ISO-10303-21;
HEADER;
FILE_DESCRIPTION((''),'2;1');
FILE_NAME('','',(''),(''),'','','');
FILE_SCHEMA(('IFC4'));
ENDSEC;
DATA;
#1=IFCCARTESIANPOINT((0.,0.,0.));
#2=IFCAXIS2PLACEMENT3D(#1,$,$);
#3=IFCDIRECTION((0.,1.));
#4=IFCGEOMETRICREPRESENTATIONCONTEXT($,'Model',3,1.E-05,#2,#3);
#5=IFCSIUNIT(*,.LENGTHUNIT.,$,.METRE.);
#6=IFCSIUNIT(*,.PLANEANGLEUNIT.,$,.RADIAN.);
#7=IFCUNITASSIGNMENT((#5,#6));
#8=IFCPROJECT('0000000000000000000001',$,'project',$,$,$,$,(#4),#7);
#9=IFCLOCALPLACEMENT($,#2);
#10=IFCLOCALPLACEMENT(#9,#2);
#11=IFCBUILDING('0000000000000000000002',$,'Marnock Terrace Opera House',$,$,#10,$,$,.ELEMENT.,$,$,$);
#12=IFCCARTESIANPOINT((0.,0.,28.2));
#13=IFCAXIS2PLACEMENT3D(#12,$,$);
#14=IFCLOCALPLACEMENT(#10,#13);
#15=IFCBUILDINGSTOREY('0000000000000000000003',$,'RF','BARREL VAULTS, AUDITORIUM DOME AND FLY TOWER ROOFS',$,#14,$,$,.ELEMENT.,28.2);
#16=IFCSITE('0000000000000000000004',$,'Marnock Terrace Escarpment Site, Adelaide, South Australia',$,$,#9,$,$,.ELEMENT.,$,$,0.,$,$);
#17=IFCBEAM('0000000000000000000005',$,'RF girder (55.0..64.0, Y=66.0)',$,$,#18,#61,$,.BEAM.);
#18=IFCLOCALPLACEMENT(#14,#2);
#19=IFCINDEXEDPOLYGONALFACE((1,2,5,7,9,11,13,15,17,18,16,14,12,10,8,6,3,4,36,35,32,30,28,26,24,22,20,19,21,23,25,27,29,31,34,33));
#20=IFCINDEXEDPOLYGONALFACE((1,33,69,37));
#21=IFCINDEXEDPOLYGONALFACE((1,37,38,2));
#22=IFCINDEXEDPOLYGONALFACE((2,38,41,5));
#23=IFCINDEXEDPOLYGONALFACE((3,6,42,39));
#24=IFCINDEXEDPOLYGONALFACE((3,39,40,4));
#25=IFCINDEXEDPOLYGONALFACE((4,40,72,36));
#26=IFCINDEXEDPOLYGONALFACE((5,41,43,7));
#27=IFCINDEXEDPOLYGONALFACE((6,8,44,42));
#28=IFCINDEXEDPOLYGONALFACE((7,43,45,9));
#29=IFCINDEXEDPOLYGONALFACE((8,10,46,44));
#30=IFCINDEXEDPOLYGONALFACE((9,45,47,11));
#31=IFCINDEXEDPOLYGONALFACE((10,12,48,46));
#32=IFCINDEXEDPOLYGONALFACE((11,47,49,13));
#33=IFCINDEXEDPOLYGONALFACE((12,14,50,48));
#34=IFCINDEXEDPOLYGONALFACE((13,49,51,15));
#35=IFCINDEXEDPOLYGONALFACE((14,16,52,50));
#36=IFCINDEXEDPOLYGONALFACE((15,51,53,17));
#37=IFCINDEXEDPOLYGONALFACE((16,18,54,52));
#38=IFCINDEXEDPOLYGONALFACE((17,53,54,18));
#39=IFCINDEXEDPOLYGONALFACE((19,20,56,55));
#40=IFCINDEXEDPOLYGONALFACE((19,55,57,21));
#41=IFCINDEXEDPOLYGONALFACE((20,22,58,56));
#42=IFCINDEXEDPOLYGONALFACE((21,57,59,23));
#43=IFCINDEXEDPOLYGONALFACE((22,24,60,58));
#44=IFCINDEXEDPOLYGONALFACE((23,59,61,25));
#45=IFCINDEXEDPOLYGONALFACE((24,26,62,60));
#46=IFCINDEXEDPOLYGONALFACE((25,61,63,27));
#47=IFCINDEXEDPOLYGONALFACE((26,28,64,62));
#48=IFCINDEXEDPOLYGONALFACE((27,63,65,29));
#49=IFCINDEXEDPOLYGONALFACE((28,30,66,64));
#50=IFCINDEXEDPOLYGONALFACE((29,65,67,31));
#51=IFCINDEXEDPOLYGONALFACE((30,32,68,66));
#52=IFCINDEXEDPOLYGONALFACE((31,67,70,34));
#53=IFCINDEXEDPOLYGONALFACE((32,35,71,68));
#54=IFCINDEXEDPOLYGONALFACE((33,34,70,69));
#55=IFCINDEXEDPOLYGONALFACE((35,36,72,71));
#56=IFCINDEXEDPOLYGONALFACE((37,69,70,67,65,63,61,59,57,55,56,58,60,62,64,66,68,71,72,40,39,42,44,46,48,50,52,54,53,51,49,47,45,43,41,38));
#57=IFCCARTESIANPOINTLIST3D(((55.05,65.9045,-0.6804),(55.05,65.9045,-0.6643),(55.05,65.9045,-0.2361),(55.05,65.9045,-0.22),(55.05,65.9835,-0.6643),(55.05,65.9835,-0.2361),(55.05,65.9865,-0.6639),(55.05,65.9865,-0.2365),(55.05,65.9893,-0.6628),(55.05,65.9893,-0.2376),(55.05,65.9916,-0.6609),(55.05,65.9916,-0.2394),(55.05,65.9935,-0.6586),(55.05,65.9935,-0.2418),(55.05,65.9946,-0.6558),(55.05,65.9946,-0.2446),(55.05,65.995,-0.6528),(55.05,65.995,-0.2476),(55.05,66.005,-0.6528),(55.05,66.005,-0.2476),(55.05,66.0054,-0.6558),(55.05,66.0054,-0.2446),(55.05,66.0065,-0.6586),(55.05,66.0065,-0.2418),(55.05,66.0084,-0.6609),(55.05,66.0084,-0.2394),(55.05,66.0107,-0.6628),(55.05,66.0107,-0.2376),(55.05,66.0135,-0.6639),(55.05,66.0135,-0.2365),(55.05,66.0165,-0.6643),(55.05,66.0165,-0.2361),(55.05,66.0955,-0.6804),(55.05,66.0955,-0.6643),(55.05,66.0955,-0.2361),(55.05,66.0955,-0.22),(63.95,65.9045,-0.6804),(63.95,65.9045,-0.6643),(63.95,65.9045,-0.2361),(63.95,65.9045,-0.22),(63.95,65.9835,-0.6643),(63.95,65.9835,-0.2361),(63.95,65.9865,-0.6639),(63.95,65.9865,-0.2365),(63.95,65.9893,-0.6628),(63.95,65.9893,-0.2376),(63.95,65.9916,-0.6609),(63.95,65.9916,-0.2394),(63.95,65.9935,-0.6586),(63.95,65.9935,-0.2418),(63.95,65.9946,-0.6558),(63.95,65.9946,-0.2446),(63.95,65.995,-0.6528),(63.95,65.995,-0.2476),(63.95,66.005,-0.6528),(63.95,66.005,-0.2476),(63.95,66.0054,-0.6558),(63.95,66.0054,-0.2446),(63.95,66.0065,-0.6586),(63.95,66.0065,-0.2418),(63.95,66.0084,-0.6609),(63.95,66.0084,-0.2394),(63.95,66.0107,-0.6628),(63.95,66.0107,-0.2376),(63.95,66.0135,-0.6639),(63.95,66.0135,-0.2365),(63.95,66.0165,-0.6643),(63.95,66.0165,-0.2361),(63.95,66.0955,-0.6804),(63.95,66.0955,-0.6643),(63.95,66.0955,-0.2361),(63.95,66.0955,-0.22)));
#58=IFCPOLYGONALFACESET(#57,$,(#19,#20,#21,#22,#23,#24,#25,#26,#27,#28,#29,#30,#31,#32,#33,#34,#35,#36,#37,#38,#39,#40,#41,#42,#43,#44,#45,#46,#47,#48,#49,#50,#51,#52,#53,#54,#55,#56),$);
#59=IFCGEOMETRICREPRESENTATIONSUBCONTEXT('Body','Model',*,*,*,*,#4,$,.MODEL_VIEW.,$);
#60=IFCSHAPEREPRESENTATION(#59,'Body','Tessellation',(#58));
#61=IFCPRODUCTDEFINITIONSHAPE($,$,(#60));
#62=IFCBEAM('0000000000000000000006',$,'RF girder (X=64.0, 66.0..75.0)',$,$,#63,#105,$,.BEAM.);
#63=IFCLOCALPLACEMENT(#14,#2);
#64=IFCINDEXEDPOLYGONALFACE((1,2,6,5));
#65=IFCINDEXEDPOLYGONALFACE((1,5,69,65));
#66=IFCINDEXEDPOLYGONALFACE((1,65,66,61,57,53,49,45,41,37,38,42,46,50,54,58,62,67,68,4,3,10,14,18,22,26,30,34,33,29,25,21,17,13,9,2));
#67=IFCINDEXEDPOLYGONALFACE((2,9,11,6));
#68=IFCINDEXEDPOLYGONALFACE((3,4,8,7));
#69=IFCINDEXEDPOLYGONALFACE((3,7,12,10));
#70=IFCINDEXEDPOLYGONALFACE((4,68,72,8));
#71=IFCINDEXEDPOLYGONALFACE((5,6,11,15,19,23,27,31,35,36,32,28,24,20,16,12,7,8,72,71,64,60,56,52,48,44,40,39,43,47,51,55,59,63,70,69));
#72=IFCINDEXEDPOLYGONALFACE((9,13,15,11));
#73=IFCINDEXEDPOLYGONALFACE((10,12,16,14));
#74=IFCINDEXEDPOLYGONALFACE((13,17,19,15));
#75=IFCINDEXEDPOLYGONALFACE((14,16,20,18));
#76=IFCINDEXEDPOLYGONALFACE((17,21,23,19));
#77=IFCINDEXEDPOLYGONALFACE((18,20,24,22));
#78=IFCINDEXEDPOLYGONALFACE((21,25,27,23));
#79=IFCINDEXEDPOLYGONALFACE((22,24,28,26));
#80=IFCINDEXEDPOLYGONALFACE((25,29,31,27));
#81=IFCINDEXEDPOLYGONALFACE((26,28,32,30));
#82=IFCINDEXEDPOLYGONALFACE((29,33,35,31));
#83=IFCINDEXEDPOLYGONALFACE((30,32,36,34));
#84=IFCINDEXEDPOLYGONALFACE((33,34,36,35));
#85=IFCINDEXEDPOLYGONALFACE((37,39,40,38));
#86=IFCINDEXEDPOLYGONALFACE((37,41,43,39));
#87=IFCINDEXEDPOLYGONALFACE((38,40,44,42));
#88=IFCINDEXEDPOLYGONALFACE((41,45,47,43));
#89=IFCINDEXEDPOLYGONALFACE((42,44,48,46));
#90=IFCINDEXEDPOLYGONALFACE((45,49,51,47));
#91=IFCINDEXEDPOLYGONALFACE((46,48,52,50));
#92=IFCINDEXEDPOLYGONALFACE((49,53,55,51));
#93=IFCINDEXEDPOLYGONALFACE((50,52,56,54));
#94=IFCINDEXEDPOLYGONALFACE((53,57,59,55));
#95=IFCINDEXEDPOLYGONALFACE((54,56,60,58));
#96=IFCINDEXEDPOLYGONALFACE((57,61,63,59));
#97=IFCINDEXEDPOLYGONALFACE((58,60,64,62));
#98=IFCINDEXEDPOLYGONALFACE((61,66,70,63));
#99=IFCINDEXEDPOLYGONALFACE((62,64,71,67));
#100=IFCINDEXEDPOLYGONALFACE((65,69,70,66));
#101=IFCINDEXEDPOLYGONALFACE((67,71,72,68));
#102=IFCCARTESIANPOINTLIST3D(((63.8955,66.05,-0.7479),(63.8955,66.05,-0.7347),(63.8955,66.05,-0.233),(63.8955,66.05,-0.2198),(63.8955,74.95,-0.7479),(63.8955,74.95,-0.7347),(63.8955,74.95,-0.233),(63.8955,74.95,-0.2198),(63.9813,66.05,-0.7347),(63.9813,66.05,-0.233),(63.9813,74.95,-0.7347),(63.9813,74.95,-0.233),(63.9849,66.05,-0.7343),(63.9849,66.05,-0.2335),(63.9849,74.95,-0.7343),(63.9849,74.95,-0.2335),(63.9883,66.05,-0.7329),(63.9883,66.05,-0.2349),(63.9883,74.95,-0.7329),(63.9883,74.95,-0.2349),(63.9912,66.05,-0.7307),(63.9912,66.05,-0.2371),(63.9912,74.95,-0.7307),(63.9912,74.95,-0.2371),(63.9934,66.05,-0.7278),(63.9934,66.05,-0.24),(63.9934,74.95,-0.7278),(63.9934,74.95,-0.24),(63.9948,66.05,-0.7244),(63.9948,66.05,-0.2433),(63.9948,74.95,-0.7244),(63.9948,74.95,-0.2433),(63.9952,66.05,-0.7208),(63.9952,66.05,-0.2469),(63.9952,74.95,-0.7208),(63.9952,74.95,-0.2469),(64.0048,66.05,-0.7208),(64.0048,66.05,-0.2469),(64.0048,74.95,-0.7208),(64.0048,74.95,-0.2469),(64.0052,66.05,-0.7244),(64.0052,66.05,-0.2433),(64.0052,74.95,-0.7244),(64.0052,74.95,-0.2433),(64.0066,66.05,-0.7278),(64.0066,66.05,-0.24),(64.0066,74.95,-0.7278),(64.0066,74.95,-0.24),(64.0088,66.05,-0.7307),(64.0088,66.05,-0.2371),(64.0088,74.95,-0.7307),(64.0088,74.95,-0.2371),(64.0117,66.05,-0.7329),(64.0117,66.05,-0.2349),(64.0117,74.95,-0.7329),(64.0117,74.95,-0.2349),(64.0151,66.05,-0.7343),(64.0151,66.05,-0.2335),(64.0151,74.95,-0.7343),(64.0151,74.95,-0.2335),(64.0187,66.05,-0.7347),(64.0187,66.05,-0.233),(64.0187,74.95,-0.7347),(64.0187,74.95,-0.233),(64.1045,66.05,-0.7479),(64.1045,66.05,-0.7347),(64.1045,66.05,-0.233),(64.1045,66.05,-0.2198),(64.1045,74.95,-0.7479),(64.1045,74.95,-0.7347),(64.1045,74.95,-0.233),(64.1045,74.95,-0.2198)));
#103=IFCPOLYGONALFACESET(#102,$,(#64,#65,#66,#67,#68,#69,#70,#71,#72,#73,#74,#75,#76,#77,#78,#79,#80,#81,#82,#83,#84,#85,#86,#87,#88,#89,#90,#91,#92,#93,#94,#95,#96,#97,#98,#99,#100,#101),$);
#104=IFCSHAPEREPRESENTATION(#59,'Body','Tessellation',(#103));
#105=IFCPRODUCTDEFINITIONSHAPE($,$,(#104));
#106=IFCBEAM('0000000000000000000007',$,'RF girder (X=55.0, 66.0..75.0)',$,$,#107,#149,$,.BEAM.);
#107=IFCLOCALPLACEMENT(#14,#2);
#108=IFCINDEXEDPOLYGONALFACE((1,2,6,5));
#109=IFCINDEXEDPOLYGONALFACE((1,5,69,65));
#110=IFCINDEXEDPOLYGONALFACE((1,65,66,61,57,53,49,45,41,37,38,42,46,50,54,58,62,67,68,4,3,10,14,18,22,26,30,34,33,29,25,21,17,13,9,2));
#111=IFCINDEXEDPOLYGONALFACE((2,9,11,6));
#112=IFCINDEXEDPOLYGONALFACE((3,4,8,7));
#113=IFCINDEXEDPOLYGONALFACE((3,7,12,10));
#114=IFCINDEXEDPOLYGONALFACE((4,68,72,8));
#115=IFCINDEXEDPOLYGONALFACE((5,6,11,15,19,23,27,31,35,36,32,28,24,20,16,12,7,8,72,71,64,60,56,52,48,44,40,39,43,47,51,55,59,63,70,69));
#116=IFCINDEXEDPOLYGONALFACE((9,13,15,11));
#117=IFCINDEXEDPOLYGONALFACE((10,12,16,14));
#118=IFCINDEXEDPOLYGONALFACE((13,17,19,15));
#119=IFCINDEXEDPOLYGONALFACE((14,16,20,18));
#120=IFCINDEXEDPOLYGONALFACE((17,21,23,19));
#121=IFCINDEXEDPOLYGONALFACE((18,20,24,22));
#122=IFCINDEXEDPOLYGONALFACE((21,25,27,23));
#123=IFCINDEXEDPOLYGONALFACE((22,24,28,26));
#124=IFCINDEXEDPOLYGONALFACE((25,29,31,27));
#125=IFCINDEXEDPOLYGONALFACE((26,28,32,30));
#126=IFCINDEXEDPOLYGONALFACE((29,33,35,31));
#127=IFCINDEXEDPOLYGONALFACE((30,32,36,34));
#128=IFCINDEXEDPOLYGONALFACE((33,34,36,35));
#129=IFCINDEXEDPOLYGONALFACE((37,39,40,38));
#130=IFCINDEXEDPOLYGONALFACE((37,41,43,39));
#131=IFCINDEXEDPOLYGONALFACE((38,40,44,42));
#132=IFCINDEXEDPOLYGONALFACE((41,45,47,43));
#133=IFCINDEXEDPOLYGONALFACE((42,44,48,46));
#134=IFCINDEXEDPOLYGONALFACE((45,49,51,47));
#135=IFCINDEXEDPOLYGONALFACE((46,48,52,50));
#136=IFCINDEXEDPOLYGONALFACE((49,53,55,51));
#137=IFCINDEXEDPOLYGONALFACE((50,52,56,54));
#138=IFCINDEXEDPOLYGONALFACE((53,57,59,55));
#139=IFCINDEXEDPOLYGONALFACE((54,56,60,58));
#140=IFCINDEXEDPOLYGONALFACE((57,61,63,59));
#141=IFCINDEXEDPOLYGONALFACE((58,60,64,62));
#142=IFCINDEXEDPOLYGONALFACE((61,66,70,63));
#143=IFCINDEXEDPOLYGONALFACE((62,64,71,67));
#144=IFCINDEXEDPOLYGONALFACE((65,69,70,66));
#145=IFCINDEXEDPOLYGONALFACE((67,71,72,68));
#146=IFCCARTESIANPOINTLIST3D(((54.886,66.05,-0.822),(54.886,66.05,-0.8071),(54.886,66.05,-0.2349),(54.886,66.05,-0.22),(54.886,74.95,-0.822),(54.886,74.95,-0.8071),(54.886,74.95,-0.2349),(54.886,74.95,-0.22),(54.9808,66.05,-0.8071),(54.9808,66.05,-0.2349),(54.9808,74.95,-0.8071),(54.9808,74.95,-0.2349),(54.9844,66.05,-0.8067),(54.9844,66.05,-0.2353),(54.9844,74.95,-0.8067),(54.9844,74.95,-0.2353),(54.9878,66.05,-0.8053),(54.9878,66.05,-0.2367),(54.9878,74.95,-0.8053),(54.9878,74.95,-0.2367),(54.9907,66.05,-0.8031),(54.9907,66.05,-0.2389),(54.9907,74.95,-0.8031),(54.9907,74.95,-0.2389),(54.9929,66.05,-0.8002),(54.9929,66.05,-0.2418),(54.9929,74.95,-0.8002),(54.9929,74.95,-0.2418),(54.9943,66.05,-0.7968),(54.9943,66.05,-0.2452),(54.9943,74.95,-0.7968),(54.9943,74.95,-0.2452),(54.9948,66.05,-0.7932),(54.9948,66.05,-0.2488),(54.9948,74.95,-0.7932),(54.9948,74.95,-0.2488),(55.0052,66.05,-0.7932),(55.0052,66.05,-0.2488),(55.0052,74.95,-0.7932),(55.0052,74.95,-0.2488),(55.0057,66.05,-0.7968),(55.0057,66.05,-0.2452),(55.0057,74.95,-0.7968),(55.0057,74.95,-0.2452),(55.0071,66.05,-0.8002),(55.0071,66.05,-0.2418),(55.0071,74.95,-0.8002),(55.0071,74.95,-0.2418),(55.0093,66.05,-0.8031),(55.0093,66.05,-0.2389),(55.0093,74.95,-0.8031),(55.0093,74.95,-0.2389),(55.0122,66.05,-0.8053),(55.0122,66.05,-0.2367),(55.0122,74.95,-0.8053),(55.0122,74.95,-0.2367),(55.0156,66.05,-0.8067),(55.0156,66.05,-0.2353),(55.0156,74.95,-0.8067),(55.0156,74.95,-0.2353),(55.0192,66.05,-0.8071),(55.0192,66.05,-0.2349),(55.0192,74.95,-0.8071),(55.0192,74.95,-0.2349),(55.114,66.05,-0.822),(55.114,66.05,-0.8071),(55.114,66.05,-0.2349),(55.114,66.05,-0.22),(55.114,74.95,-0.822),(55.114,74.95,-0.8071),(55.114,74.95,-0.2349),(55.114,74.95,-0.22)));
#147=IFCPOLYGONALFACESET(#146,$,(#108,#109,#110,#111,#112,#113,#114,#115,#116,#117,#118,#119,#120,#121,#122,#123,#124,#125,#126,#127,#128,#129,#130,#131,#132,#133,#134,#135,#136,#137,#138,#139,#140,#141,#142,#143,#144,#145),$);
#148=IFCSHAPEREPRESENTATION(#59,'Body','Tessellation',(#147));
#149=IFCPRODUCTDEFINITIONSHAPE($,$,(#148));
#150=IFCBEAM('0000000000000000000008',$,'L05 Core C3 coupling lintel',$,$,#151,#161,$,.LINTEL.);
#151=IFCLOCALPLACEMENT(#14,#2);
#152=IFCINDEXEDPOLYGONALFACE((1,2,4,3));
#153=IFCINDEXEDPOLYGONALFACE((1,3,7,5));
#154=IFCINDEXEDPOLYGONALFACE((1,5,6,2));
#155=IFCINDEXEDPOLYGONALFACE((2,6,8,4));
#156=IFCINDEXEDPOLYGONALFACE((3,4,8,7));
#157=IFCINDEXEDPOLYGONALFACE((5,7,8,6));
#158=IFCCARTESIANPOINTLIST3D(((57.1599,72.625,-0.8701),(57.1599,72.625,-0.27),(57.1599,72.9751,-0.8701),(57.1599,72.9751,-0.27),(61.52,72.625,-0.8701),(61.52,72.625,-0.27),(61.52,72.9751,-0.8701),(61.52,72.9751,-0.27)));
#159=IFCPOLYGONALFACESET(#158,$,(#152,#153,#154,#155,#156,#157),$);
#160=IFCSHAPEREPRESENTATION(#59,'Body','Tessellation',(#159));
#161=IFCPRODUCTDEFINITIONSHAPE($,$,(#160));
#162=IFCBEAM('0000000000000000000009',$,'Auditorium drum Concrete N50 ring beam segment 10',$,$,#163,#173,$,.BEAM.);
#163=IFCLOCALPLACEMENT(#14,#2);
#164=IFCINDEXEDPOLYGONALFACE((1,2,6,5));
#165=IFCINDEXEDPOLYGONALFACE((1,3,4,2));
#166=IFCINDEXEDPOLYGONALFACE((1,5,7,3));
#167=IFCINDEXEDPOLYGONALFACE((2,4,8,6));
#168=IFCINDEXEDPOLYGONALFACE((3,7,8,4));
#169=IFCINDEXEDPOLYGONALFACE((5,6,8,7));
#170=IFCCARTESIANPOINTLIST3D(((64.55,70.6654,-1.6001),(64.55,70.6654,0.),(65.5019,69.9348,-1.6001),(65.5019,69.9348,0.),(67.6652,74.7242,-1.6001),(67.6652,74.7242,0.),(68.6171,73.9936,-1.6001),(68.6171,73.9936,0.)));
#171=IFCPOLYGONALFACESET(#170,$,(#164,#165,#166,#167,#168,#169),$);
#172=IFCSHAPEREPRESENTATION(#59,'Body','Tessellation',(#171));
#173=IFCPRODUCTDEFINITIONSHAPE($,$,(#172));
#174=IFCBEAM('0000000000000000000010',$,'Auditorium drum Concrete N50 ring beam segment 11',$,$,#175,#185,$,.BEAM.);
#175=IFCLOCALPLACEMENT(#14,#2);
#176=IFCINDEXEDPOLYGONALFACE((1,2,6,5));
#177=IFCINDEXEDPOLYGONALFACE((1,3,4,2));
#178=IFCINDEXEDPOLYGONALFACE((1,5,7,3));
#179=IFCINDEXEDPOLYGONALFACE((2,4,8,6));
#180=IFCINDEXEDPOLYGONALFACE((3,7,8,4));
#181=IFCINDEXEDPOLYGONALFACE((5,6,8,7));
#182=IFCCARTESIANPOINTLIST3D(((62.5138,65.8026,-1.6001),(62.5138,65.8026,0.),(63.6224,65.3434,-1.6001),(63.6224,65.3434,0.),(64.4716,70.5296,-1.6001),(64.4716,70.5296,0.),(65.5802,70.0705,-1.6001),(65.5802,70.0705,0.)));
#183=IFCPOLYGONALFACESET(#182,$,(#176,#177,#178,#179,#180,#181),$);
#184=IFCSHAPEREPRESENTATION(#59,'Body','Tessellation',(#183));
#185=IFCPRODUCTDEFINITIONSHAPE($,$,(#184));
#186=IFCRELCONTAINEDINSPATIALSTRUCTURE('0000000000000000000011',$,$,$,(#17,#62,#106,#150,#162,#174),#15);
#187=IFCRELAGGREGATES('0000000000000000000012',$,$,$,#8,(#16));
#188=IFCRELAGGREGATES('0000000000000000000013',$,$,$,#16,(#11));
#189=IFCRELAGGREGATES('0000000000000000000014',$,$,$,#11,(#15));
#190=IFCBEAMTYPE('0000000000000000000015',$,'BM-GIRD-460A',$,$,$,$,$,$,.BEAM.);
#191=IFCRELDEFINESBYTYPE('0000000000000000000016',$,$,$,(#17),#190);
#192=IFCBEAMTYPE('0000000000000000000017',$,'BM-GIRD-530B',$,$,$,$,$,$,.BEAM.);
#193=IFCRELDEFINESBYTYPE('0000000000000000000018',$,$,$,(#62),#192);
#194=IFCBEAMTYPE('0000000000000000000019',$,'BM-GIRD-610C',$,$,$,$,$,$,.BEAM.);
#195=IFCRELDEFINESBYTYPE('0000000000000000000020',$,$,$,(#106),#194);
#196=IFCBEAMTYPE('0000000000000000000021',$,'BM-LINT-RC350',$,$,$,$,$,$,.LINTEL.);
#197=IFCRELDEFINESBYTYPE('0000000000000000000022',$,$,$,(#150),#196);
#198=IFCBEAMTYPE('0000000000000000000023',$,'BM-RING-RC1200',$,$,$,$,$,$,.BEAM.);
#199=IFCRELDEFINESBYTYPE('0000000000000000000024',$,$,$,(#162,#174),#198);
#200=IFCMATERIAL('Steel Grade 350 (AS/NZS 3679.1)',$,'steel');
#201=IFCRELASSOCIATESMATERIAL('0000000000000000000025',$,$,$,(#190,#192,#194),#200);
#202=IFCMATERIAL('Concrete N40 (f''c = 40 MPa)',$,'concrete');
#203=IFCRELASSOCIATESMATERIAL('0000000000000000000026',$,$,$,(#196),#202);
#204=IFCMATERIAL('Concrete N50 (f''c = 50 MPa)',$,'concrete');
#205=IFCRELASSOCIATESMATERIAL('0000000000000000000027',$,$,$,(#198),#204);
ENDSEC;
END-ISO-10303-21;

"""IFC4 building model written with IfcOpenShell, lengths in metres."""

from ifc_helpers import new_model, si_unit, direction, frame, origin, origin_2d, place, context, subcontext, project, spatial, rectangle, i_section, extrude, material, material_profile, profile_set, type_object, element, save


model = new_model("IFC4")

# Units and contexts
model_context = context("Model", 3, precision=1e-05, world=origin(), true_north=direction((0.0, 1.0)))
body_context = subcontext(model_context, "Body", "Model", "MODEL_VIEW")
ifc_project = project(units=[si_unit("LENGTHUNIT", "METRE"), si_unit("PLANEANGLEUNIT", "RADIAN")], contexts=[model_context])

# Site, building, storey
site_placement = place(None, origin())
site = spatial("IfcSite", under=ifc_project, at=site_placement, Name="Marnock Terrace Escarpment Site, Adelaide, South Australia", CompositionType="ELEMENT", RefElevation=0.0)
building_placement = place(site_placement, origin())
building = spatial("IfcBuilding", under=site, at=building_placement, Name="Marnock Terrace Opera House", CompositionType="ELEMENT")
storey_placement = place(building_placement, frame((0.0, 0.0, 28.2)))
storey = spatial("IfcBuildingStorey", under=building, at=storey_placement, Name="RF", Description="BARREL VAULTS, AUDITORIUM DOME AND FLY TOWER ROOFS", CompositionType="ELEMENT", Elevation=28.2)

# Beams
ifc_material_1 = material(Name="Steel Grade 350 (AS/NZS 3679.1)", Category="steel")
ifc_material_profile_1 = material_profile(ifc_material_1, i_section(OverallWidth=0.1909, OverallDepth=0.4604, WebThickness=0.01, FlangeThickness=0.0161, FilletRadius=0.0115, at=origin_2d()))
ifc_profile_set_1 = profile_set([ifc_material_profile_1], Name="Steel Grade 350 (AS/NZS 3679.1)")
beam_type_1 = type_object("IfcBeamType", Name="BM-GIRD-460A", PredefinedType="BEAM", material=ifc_profile_set_1)
beam_1_placement = place(storey_placement, frame((55.05, 66.0, -0.4502), z_axis=(1.0, 0.0, 0.0), x_axis=(0.0, 1.0, 0.0)))
element("IfcBeam", 1, at=beam_1_placement, inside=storey, type_object=beam_type_1, Name="RF girder (55.0..64.0, Y=66.0)", PredefinedType="BEAM", context=body_context, shape_type="SweptSolid", body=[
    extrude(i_section(OverallWidth=0.1909, OverallDepth=0.4604, WebThickness=0.01, FlangeThickness=0.0161, FilletRadius=0.0115, at=origin_2d()), origin(), (0.0, 0.0, 1.0), 8.8999),
])
ifc_material_profile_2 = material_profile(ifc_material_1, i_section(OverallWidth=0.209, OverallDepth=0.5281, WebThickness=0.0095, FlangeThickness=0.0132, FilletRadius=0.0139, at=origin_2d()))
ifc_profile_set_2 = profile_set([ifc_material_profile_2], Name="Steel Grade 350 (AS/NZS 3679.1)")
beam_type_2 = type_object("IfcBeamType", Name="BM-GIRD-530B", PredefinedType="BEAM", material=ifc_profile_set_2)
beam_2_placement = place(storey_placement, frame((64.0, 66.05, -0.4839), z_axis=(0.0, 1.0, 0.0), x_axis=(-1.0, 0.0, 0.0)))
element("IfcBeam", 2, at=beam_2_placement, inside=storey, type_object=beam_type_2, Name="RF girder (X=64.0, 66.0..75.0)", PredefinedType="BEAM", context=body_context, shape_type="SweptSolid", body=[
    extrude(i_section(OverallWidth=0.209, OverallDepth=0.5281, WebThickness=0.0095, FlangeThickness=0.0132, FilletRadius=0.0139, at=origin_2d()), origin(), (0.0, 0.0, 1.0), 8.8999),
])
ifc_material_profile_3 = material_profile(ifc_material_1, i_section(OverallWidth=0.228, OverallDepth=0.6021, WebThickness=0.0105, FlangeThickness=0.0149, FilletRadius=0.0139, at=origin_2d()))
ifc_profile_set_3 = profile_set([ifc_material_profile_3], Name="Steel Grade 350 (AS/NZS 3679.1)")
beam_type_3 = type_object("IfcBeamType", Name="BM-GIRD-610C", PredefinedType="BEAM", material=ifc_profile_set_3)
beam_3_placement = place(storey_placement, frame((55.0, 66.05, -0.521), z_axis=(0.0, 1.0, 0.0), x_axis=(-1.0, 0.0, 0.0)))
element("IfcBeam", 3, at=beam_3_placement, inside=storey, type_object=beam_type_3, Name="RF girder (X=55.0, 66.0..75.0)", PredefinedType="BEAM", context=body_context, shape_type="SweptSolid", body=[
    extrude(i_section(OverallWidth=0.228, OverallDepth=0.6021, WebThickness=0.0105, FlangeThickness=0.0149, FilletRadius=0.0139, at=origin_2d()), origin(), (0.0, 0.0, 1.0), 8.8999),
])
ifc_material_2 = material(Name="Concrete N40 (f'c = 40 MPa)", Category="concrete")
ifc_material_profile_4 = material_profile(ifc_material_2, rectangle(XDim=0.3501, YDim=0.6001, at=origin_2d()))
ifc_profile_set_4 = profile_set([ifc_material_profile_4], Name="Concrete N40 (f'c = 40 MPa)")
beam_type_4 = type_object("IfcBeamType", Name="BM-LINT-RC350", PredefinedType="LINTEL", material=ifc_profile_set_4)
beam_4_placement = place(storey_placement, frame((57.1599, 72.8, -0.5701), z_axis=(1.0, 0.0, 0.0), x_axis=(0.0, 1.0, 0.0)))
element("IfcBeam", 4, at=beam_4_placement, inside=storey, type_object=beam_type_4, Name="L05 Core C3 coupling lintel", PredefinedType="LINTEL", context=body_context, shape_type="SweptSolid", body=[
    extrude(rectangle(XDim=0.3501, YDim=0.6001, at=origin_2d()), origin(), (0.0, 0.0, 1.0), 4.3601),
])
ifc_material_3 = material(Name="Concrete N50 (f'c = 50 MPa)", Category="concrete")
ifc_material_profile_5 = material_profile(ifc_material_3, rectangle(XDim=1.2, YDim=1.6001, at=origin_2d()))
ifc_profile_set_5 = profile_set([ifc_material_profile_5], Name="Concrete N50 (f'c = 50 MPa)")
beam_type_5 = type_object("IfcBeamType", Name="BM-RING-RC1200", PredefinedType="BEAM", material=ifc_profile_set_5)
for number, where, z_axis, x_axis, name in (
    (5, (68.1411, 74.3589, -0.8), (-0.608857, -0.79328, 0.0), (0.79328, -0.608857, 0.0), "Auditorium drum Concrete N50 ring beam segment 10"),
    (6, (65.0259, 70.3, -0.8), (-0.382643, -0.923896, 0.0), (0.923896, -0.382643, 0.0), "Auditorium drum Concrete N50 ring beam segment 11"),
):
    element("IfcBeam", number, at=place(storey_placement, frame(where, z_axis=z_axis, x_axis=x_axis)), inside=storey, type_object=beam_type_5, Name=name, PredefinedType="BEAM", context=body_context, shape_type="SweptSolid", body=[
        extrude(rectangle(XDim=1.2, YDim=1.6001, at=origin_2d()), origin(), (0.0, 0.0, 1.0), 5.1165),
    ])

save(model, "model.ifc")
